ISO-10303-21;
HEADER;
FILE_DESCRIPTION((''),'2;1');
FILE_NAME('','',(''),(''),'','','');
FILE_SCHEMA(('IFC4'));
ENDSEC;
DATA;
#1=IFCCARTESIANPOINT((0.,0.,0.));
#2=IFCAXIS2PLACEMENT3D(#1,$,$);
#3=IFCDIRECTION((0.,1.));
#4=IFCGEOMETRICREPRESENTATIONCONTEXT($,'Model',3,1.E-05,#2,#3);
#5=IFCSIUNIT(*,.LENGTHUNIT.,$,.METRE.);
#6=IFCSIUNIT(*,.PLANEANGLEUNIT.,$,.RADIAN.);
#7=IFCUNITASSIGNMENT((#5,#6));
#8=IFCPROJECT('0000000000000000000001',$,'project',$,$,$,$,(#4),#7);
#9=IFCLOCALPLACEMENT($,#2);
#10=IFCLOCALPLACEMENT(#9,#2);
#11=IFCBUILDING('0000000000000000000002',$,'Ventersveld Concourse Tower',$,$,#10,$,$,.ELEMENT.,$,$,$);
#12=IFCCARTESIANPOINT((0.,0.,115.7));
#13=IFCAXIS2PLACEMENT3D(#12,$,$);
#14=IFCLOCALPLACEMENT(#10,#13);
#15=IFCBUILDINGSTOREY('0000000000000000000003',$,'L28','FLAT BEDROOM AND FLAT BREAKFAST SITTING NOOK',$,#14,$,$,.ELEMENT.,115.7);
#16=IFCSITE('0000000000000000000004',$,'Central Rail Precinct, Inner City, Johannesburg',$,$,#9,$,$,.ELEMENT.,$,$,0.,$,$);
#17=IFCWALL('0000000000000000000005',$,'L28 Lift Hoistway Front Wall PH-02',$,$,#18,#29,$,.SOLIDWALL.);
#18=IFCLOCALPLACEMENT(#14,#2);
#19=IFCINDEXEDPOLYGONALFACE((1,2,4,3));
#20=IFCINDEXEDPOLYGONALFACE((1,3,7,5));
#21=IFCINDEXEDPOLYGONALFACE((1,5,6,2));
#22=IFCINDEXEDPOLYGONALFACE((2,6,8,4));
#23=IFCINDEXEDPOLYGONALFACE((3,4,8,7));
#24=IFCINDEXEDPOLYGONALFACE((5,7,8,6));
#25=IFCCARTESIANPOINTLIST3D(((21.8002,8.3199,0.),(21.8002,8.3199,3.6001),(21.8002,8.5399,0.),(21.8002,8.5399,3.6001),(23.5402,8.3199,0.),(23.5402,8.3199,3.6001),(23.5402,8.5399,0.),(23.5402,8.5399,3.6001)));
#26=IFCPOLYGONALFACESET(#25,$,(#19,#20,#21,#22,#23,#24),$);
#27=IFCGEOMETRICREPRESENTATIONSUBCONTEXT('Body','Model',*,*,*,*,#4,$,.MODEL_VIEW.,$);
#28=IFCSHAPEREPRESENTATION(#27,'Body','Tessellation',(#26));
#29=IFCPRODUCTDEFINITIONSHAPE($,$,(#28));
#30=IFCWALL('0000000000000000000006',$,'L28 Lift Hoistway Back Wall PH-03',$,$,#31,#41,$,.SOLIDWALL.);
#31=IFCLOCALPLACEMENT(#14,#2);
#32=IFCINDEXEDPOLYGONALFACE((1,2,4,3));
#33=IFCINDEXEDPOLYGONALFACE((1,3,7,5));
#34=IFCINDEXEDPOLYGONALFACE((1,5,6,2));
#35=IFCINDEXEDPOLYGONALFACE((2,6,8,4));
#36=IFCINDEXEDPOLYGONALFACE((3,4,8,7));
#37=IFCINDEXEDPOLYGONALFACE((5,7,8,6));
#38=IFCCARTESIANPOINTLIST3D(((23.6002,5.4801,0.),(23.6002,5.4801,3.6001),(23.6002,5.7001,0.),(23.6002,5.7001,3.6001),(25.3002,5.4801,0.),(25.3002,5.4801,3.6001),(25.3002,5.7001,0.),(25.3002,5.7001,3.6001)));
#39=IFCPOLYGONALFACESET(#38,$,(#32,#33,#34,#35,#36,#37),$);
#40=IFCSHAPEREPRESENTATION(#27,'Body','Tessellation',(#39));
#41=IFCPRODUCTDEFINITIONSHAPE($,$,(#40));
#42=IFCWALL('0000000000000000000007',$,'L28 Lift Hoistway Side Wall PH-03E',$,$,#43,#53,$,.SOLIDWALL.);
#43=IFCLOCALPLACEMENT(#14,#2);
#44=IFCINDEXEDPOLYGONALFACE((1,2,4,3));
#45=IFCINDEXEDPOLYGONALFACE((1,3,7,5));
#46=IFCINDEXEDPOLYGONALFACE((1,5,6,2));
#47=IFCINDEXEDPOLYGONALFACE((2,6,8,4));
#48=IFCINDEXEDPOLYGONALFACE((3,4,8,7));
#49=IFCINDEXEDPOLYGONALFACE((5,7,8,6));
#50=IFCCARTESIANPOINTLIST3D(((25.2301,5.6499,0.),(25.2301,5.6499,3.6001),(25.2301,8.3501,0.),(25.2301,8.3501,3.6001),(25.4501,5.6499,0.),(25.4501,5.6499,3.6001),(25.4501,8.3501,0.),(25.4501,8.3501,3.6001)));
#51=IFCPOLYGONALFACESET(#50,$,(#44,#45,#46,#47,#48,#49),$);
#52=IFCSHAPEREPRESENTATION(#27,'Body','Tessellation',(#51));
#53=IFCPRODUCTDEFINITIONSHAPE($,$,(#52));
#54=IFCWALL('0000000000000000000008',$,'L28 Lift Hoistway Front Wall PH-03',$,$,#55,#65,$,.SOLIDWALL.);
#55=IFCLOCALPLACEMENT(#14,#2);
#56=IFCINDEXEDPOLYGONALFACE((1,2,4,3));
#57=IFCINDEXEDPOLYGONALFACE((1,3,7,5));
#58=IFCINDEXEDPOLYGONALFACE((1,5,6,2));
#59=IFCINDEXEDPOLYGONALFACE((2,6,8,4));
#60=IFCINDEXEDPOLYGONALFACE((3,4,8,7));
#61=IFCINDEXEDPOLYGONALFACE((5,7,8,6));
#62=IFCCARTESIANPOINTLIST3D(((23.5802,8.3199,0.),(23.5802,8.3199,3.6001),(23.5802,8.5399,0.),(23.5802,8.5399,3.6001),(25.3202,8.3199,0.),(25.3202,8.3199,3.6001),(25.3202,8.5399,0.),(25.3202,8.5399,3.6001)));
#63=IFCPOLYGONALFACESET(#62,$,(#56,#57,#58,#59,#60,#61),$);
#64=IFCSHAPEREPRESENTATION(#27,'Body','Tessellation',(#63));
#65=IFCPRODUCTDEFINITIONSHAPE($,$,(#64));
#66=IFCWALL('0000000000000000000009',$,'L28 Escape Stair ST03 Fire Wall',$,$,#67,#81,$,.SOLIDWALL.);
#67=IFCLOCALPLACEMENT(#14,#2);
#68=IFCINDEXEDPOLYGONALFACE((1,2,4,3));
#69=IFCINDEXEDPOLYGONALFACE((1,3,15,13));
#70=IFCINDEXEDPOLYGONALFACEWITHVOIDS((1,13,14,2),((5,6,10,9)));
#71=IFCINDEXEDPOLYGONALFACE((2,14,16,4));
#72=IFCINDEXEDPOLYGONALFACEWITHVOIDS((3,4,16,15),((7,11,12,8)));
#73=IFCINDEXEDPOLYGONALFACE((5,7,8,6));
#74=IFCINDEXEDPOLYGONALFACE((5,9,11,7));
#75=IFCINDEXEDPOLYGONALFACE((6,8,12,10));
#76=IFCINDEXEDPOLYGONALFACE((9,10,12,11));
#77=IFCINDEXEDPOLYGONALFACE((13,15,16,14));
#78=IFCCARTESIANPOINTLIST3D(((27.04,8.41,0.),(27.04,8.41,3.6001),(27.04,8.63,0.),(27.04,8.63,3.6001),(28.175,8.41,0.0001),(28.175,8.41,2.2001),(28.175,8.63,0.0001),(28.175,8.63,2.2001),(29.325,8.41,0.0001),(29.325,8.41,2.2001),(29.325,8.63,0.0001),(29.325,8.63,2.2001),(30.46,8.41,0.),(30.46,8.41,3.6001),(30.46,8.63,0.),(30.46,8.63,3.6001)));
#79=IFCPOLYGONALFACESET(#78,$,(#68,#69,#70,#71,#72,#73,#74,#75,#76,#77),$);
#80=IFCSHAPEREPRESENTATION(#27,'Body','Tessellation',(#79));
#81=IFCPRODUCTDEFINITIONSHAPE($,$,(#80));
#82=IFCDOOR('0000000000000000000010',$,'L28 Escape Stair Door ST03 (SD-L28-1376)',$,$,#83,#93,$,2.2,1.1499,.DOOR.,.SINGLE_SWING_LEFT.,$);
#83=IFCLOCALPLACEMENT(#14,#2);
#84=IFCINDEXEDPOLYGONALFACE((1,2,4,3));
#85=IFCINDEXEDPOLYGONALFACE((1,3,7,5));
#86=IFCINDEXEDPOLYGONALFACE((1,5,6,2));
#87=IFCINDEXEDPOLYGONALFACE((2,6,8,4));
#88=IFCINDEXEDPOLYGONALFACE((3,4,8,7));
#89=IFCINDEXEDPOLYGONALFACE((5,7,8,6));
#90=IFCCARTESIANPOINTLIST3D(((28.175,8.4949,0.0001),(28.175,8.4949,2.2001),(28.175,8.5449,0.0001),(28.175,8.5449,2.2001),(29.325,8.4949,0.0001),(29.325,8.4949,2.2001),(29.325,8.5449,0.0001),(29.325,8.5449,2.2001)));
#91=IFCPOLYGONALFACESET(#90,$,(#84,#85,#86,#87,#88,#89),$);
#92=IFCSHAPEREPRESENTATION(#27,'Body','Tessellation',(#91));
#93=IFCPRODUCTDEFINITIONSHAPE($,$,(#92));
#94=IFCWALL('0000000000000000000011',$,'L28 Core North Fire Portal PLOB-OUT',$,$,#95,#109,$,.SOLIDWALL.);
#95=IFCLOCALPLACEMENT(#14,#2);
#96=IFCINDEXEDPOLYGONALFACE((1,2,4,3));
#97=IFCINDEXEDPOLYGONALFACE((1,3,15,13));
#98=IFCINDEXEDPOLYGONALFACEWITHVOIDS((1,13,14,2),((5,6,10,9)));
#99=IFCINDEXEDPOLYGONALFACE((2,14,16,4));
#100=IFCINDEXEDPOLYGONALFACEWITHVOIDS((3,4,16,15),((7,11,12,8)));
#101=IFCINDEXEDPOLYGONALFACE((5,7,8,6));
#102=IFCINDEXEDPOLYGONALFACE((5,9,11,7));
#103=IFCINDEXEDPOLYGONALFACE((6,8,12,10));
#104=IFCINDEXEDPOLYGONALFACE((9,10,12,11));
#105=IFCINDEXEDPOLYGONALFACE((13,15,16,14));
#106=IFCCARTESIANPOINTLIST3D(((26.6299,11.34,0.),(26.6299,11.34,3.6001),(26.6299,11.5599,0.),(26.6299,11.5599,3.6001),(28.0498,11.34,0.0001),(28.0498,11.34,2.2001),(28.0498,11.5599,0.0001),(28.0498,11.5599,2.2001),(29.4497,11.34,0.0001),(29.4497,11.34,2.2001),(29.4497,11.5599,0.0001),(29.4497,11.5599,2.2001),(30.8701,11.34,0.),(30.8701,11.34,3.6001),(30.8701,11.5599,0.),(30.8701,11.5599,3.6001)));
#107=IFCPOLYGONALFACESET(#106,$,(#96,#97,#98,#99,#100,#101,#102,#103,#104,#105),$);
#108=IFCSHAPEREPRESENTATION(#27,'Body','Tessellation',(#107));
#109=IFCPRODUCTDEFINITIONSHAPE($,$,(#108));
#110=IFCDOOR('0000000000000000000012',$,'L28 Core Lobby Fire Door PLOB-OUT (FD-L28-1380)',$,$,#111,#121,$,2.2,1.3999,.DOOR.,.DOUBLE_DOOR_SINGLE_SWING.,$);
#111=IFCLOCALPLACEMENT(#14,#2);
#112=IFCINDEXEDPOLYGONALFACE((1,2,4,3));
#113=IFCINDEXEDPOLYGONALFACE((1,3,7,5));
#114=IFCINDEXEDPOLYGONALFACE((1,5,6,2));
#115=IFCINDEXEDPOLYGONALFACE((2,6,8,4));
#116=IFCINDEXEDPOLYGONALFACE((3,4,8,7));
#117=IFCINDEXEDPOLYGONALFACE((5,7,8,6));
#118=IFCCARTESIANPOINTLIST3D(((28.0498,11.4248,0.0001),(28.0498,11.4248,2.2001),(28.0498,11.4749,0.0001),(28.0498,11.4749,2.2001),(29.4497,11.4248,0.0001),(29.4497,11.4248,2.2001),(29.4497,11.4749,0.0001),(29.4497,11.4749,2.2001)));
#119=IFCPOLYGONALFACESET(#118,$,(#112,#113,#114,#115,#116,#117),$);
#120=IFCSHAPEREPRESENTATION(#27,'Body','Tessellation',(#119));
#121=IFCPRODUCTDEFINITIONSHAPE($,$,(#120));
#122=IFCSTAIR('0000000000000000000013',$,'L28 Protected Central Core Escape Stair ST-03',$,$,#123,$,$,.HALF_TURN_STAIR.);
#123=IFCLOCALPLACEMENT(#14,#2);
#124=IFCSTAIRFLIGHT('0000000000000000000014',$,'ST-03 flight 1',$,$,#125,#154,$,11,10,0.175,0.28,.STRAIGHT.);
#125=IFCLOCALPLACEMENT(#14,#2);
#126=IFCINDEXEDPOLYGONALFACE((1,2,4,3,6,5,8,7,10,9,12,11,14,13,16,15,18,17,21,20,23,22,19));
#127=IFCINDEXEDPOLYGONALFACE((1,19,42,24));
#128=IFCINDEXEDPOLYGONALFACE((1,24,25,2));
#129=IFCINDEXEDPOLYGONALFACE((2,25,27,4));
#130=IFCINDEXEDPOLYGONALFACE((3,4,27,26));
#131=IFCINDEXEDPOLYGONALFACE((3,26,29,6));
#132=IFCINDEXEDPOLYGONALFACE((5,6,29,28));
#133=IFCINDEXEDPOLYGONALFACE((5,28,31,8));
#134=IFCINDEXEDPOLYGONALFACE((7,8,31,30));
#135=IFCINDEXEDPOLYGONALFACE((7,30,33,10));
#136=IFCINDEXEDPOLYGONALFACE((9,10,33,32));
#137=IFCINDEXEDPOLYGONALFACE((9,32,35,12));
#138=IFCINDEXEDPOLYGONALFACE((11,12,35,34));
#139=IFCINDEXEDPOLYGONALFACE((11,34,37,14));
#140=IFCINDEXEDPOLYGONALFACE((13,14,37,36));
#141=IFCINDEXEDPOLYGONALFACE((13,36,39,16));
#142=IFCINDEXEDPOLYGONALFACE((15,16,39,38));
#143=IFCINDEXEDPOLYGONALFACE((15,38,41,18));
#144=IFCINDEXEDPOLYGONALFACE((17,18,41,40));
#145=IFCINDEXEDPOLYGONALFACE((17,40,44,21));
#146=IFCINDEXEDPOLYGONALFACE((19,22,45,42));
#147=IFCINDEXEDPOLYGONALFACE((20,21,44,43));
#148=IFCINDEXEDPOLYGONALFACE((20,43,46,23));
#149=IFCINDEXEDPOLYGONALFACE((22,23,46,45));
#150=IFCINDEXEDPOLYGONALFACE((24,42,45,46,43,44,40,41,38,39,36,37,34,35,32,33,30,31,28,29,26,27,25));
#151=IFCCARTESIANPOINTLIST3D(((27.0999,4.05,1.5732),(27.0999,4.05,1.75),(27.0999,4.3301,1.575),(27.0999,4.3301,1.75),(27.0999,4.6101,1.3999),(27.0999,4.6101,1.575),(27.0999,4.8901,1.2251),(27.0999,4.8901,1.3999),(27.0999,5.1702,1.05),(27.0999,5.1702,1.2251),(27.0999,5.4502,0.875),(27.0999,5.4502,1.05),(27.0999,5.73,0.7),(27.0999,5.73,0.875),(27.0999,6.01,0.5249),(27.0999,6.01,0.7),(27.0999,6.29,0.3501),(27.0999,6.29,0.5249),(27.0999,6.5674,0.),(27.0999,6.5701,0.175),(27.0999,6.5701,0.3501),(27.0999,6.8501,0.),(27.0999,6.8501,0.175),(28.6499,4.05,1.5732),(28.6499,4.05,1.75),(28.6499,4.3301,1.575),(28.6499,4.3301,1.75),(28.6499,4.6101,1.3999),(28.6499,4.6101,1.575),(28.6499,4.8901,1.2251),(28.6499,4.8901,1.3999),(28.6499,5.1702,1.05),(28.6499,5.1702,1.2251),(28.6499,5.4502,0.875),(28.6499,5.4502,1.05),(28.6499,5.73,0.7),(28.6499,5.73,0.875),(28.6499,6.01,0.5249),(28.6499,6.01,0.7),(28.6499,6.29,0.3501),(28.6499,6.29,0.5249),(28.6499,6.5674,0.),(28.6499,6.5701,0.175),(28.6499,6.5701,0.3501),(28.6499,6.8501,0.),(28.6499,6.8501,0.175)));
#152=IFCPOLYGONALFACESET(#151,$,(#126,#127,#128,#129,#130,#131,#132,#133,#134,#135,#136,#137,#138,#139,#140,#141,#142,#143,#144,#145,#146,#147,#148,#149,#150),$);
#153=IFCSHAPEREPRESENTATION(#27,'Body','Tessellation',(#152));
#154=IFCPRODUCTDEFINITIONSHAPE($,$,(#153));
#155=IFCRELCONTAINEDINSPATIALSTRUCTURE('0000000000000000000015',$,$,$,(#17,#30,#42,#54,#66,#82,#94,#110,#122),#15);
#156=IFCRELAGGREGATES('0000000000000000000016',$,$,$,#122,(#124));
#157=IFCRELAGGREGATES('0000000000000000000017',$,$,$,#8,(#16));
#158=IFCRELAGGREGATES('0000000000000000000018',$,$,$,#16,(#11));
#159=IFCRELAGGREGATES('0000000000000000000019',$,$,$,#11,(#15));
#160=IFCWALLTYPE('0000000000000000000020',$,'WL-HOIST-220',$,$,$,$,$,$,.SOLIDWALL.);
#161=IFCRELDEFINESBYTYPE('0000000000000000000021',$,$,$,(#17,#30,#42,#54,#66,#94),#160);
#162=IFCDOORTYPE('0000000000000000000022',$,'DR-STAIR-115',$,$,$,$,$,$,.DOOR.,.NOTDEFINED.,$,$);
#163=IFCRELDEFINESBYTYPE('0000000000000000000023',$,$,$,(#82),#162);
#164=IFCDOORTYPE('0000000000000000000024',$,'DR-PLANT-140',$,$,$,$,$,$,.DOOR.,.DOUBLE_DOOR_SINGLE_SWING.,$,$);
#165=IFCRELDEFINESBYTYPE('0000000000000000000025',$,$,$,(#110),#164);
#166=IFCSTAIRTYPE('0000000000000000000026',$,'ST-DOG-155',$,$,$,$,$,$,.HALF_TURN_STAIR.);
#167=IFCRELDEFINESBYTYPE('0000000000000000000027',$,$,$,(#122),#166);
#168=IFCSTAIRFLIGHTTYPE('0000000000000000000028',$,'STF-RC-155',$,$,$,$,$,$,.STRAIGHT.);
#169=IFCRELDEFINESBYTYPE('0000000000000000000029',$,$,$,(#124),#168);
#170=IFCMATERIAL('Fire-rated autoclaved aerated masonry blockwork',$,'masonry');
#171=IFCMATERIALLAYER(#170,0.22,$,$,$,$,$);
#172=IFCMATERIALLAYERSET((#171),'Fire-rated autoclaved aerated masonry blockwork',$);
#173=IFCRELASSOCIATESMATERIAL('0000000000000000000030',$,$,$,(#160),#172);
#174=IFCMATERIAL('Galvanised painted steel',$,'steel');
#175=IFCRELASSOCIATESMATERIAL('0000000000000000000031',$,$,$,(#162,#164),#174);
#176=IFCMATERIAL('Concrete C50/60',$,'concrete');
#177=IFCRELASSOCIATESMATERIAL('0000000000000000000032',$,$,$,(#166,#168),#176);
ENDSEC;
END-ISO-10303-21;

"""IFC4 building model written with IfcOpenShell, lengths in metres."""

from ifc_helpers import new_model, si_unit, direction, frame, frame_2d, origin, place, context, subcontext, project, spatial, polyline, rectangle, outline, extrude, material, layer, layer_set, type_object, element, fill, aggregate, save


model = new_model("IFC4")

# Units and contexts
model_context = context("Model", 3, precision=1e-05, world=origin(), true_north=direction((0.0, 1.0)))
body_context = subcontext(model_context, "Body", "Model", "MODEL_VIEW")
ifc_project = project(units=[si_unit("LENGTHUNIT", "METRE"), si_unit("PLANEANGLEUNIT", "RADIAN")], contexts=[model_context])

# Site, building, storey
site_placement = place(None, origin())
site = spatial("IfcSite", under=ifc_project, at=site_placement, Name="Central Rail Precinct, Inner City, Johannesburg", CompositionType="ELEMENT", RefElevation=0.0)
building_placement = place(site_placement, origin())
building = spatial("IfcBuilding", under=site, at=building_placement, Name="Ventersveld Concourse Tower", CompositionType="ELEMENT")
storey_placement = place(building_placement, frame((0.0, 0.0, 115.7)))
storey = spatial("IfcBuildingStorey", under=building, at=storey_placement, Name="L28", Description="FLAT BEDROOM AND FLAT BREAKFAST SITTING NOOK", CompositionType="ELEMENT", Elevation=115.7)

# Shared definitions
ifc_material_1 = material(Name="Concrete C50/60", Category="concrete")

# Shared definitions
ifc_material_2 = material(Name="Fire-rated autoclaved aerated masonry blockwork", Category="masonry")
ifc_layer_1 = layer(ifc_material_2, 0.22)
ifc_layer_set_1 = layer_set([ifc_layer_1], Name="Fire-rated autoclaved aerated masonry blockwork")
wall_type_1 = type_object("IfcWallType", Name="WL-HOIST-220", PredefinedType="SOLIDWALL", material=ifc_layer_set_1)

# Walls
wall_1_placement = place(storey_placement, frame((21.8, 8.4299, 0.0), z_axis=(0.0, 0.0, 1.0), x_axis=(1.0, 0.0, 0.0)))
element("IfcWall", 1, at=wall_1_placement, inside=storey, type_object=wall_type_1, Name="L28 Lift Hoistway Front Wall PH-02", PredefinedType="SOLIDWALL", context=body_context, shape_type="SweptSolid", body=[
    extrude(rectangle(XDim=1.74, YDim=0.22, at=frame_2d((0.8701, 0.0))), origin(), (0.0, 0.0, 1.0), 3.6001),
])
wall_2_placement = place(storey_placement, frame((23.6001, 5.5901, 0.0), z_axis=(0.0, 0.0, 1.0), x_axis=(1.0, 0.0, 0.0)))
element("IfcWall", 2, at=wall_2_placement, inside=storey, type_object=wall_type_1, Name="L28 Lift Hoistway Back Wall PH-03", PredefinedType="SOLIDWALL", context=body_context, shape_type="SweptSolid", body=[
    extrude(rectangle(XDim=1.7, YDim=0.22, at=frame_2d((0.8501, 0.0))), origin(), (0.0, 0.0, 1.0), 3.6001),
])
wall_3_placement = place(storey_placement, frame((25.3401, 5.6499, 0.0), z_axis=(0.0, 0.0, 1.0), x_axis=(0.0, 1.0, 0.0)))
element("IfcWall", 3, at=wall_3_placement, inside=storey, type_object=wall_type_1, Name="L28 Lift Hoistway Side Wall PH-03E", PredefinedType="SOLIDWALL", context=body_context, shape_type="SweptSolid", body=[
    extrude(rectangle(XDim=2.7002, YDim=0.22, at=frame_2d((1.3501, 0.0))), origin(), (0.0, 0.0, 1.0), 3.6001),
])
wall_4_placement = place(storey_placement, frame((23.5801, 8.4299, 0.0), z_axis=(0.0, 0.0, 1.0), x_axis=(1.0, 0.0, 0.0)))
element("IfcWall", 4, at=wall_4_placement, inside=storey, type_object=wall_type_1, Name="L28 Lift Hoistway Front Wall PH-03", PredefinedType="SOLIDWALL", context=body_context, shape_type="SweptSolid", body=[
    extrude(rectangle(XDim=1.74, YDim=0.22, at=frame_2d((0.8701, 0.0))), origin(), (0.0, 0.0, 1.0), 3.6001),
])

# Walls, openings, doors
wall_5_placement = place(storey_placement, frame((27.04, 8.52, 0.0), z_axis=(0.0, 0.0, 1.0), x_axis=(1.0, 0.0, 0.0)))
wall_5 = element("IfcWall", 5, at=wall_5_placement, inside=storey, type_object=wall_type_1, Name="L28 Escape Stair ST03 Fire Wall", PredefinedType="SOLIDWALL", context=body_context, shape_type="SweptSolid", body=[
    extrude(rectangle(XDim=3.4199, YDim=0.22, at=frame_2d((1.71, 0.0))), origin(), (0.0, 0.0, 1.0), 3.6001),
])
opening_1_placement = place(wall_5_placement, frame((1.135, 0.0, 0.0)))
opening_1 = element("IfcOpeningElement", 6, at=opening_1_placement, cuts=wall_5, PredefinedType="OPENING", context=body_context, shape_type="SweptSolid", body=[
    extrude(rectangle(XDim=1.1499, YDim=2.2, at=frame_2d((0.575, 1.1001))), frame((0.0, 0.1201, 0.0), z_axis=(0.0, -1.0, 0.0), x_axis=(1.0, 0.0, 0.0)), (0.0, 0.0, 1.0), 0.24),
])
ifc_material_3 = material(Name="Galvanised painted steel", Category="steel")
door_type_1 = type_object("IfcDoorType", Name="DR-STAIR-115", OperationType="NOTDEFINED", PredefinedType="DOOR", material=ifc_material_3)
door_1_placement = place(opening_1_placement, origin())
door_1 = element("IfcDoor", 7, at=door_1_placement, inside=storey, type_object=door_type_1, Name="L28 Escape Stair Door ST03 (SD-L28-1376)", OperationType="SINGLE_SWING_LEFT", OverallHeight=2.2, OverallWidth=1.1499, PredefinedType="DOOR", context=body_context, shape_type="SweptSolid", body=[
    extrude(rectangle(XDim=1.1499, YDim=2.2, at=frame_2d((0.575, 1.1001))), frame((0.0, 0.0249, 0.0), z_axis=(0.0, -1.0, 0.0), x_axis=(1.0, 0.0, 0.0)), (0.0, 0.0, 1.0), 0.05),
])
fill(opening_1, door_1)
wall_6_placement = place(storey_placement, frame((26.6299, 11.45, 0.0), z_axis=(0.0, 0.0, 1.0), x_axis=(1.0, 0.0, 0.0)))
wall_6 = element("IfcWall", 8, at=wall_6_placement, inside=storey, type_object=wall_type_1, Name="L28 Core North Fire Portal PLOB-OUT", PredefinedType="SOLIDWALL", context=body_context, shape_type="SweptSolid", body=[
    extrude(rectangle(XDim=4.2402, YDim=0.22, at=frame_2d((2.1201, 0.0))), origin(), (0.0, 0.0, 1.0), 3.6001),
])
opening_2_placement = place(wall_6_placement, frame((1.4199, 0.0, 0.0)))
opening_2 = element("IfcOpeningElement", 9, at=opening_2_placement, cuts=wall_6, PredefinedType="OPENING", context=body_context, shape_type="SweptSolid", body=[
    extrude(rectangle(XDim=1.3999, YDim=2.2, at=frame_2d((0.7, 1.1001))), frame((0.0, 0.1201, 0.0), z_axis=(0.0, -1.0, 0.0), x_axis=(1.0, 0.0, 0.0)), (0.0, 0.0, 1.0), 0.24),
])
door_type_2 = type_object("IfcDoorType", Name="DR-PLANT-140", OperationType="DOUBLE_DOOR_SINGLE_SWING", PredefinedType="DOOR", material=ifc_material_3)
door_2_placement = place(opening_2_placement, origin())
door_2 = element("IfcDoor", 10, at=door_2_placement, inside=storey, type_object=door_type_2, Name="L28 Core Lobby Fire Door PLOB-OUT (FD-L28-1380)", OperationType="DOUBLE_DOOR_SINGLE_SWING", OverallHeight=2.2, OverallWidth=1.3999, PredefinedType="DOOR", context=body_context, shape_type="SweptSolid", body=[
    extrude(rectangle(XDim=1.3999, YDim=2.2, at=frame_2d((0.7, 1.1001))), frame((0.0, 0.0249, 0.0), z_axis=(0.0, -1.0, 0.0), x_axis=(1.0, 0.0, 0.0)), (0.0, 0.0, 1.0), 0.05),
])
fill(opening_2, door_2)

# Stair, stair flight
stair_type = type_object("IfcStairType", Name="ST-DOG-155", PredefinedType="HALF_TURN_STAIR", material=ifc_material_1)
stair_placement = place(storey_placement, origin())
stair = element("IfcStair", 11, at=stair_placement, inside=storey, type_object=stair_type, Name="L28 Protected Central Core Escape Stair ST-03", PredefinedType="HALF_TURN_STAIR")
stair_flight_type = type_object("IfcStairFlightType", Name="STF-RC-155", PredefinedType="STRAIGHT", material=ifc_material_1)
stair_flight_placement = place(storey_placement, frame((27.875, 6.8501, 0.0), z_axis=(0.0, 0.0, 1.0), x_axis=(0.0, -1.0, 0.0)))
stair_flight = element("IfcStairFlight", 12, at=stair_flight_placement, type_object=stair_flight_type, Name="ST-03 flight 1", NumberOfRisers=11, NumberOfTreads=10, PredefinedType="STRAIGHT", RiserHeight=0.175, TreadLength=0.28, context=body_context, shape_type="SweptSolid", body=[
    extrude(outline(polyline([(0.0, 0.0), (0.0, 0.175), (0.28, 0.175), (0.28, 0.3501), (0.5601, 0.3501), (0.5601, 0.5249), (0.8401, 0.5249), (0.8401, 0.7), (1.1201, 0.7), (1.1201, 0.875), (1.3999, 0.875), (1.3999, 1.05), (1.6799, 1.05), (1.6799, 1.2251), (1.96, 1.2251), (1.96, 1.3999), (2.24, 1.3999), (2.24, 1.575), (2.52, 1.575), (2.52, 1.75), (2.8, 1.75), (2.8, 1.925), (2.8, 1.5732), (0.2827, 0.0), (0.0, 0.0)])), frame((0.0, 0.7749, 0.0), z_axis=(0.0, -1.0, 0.0), x_axis=(1.0, 0.0, 0.0)), (0.0, 0.0, 1.0), 1.55),
])
aggregate(stair, [stair_flight])

save(model, "model.ifc")
